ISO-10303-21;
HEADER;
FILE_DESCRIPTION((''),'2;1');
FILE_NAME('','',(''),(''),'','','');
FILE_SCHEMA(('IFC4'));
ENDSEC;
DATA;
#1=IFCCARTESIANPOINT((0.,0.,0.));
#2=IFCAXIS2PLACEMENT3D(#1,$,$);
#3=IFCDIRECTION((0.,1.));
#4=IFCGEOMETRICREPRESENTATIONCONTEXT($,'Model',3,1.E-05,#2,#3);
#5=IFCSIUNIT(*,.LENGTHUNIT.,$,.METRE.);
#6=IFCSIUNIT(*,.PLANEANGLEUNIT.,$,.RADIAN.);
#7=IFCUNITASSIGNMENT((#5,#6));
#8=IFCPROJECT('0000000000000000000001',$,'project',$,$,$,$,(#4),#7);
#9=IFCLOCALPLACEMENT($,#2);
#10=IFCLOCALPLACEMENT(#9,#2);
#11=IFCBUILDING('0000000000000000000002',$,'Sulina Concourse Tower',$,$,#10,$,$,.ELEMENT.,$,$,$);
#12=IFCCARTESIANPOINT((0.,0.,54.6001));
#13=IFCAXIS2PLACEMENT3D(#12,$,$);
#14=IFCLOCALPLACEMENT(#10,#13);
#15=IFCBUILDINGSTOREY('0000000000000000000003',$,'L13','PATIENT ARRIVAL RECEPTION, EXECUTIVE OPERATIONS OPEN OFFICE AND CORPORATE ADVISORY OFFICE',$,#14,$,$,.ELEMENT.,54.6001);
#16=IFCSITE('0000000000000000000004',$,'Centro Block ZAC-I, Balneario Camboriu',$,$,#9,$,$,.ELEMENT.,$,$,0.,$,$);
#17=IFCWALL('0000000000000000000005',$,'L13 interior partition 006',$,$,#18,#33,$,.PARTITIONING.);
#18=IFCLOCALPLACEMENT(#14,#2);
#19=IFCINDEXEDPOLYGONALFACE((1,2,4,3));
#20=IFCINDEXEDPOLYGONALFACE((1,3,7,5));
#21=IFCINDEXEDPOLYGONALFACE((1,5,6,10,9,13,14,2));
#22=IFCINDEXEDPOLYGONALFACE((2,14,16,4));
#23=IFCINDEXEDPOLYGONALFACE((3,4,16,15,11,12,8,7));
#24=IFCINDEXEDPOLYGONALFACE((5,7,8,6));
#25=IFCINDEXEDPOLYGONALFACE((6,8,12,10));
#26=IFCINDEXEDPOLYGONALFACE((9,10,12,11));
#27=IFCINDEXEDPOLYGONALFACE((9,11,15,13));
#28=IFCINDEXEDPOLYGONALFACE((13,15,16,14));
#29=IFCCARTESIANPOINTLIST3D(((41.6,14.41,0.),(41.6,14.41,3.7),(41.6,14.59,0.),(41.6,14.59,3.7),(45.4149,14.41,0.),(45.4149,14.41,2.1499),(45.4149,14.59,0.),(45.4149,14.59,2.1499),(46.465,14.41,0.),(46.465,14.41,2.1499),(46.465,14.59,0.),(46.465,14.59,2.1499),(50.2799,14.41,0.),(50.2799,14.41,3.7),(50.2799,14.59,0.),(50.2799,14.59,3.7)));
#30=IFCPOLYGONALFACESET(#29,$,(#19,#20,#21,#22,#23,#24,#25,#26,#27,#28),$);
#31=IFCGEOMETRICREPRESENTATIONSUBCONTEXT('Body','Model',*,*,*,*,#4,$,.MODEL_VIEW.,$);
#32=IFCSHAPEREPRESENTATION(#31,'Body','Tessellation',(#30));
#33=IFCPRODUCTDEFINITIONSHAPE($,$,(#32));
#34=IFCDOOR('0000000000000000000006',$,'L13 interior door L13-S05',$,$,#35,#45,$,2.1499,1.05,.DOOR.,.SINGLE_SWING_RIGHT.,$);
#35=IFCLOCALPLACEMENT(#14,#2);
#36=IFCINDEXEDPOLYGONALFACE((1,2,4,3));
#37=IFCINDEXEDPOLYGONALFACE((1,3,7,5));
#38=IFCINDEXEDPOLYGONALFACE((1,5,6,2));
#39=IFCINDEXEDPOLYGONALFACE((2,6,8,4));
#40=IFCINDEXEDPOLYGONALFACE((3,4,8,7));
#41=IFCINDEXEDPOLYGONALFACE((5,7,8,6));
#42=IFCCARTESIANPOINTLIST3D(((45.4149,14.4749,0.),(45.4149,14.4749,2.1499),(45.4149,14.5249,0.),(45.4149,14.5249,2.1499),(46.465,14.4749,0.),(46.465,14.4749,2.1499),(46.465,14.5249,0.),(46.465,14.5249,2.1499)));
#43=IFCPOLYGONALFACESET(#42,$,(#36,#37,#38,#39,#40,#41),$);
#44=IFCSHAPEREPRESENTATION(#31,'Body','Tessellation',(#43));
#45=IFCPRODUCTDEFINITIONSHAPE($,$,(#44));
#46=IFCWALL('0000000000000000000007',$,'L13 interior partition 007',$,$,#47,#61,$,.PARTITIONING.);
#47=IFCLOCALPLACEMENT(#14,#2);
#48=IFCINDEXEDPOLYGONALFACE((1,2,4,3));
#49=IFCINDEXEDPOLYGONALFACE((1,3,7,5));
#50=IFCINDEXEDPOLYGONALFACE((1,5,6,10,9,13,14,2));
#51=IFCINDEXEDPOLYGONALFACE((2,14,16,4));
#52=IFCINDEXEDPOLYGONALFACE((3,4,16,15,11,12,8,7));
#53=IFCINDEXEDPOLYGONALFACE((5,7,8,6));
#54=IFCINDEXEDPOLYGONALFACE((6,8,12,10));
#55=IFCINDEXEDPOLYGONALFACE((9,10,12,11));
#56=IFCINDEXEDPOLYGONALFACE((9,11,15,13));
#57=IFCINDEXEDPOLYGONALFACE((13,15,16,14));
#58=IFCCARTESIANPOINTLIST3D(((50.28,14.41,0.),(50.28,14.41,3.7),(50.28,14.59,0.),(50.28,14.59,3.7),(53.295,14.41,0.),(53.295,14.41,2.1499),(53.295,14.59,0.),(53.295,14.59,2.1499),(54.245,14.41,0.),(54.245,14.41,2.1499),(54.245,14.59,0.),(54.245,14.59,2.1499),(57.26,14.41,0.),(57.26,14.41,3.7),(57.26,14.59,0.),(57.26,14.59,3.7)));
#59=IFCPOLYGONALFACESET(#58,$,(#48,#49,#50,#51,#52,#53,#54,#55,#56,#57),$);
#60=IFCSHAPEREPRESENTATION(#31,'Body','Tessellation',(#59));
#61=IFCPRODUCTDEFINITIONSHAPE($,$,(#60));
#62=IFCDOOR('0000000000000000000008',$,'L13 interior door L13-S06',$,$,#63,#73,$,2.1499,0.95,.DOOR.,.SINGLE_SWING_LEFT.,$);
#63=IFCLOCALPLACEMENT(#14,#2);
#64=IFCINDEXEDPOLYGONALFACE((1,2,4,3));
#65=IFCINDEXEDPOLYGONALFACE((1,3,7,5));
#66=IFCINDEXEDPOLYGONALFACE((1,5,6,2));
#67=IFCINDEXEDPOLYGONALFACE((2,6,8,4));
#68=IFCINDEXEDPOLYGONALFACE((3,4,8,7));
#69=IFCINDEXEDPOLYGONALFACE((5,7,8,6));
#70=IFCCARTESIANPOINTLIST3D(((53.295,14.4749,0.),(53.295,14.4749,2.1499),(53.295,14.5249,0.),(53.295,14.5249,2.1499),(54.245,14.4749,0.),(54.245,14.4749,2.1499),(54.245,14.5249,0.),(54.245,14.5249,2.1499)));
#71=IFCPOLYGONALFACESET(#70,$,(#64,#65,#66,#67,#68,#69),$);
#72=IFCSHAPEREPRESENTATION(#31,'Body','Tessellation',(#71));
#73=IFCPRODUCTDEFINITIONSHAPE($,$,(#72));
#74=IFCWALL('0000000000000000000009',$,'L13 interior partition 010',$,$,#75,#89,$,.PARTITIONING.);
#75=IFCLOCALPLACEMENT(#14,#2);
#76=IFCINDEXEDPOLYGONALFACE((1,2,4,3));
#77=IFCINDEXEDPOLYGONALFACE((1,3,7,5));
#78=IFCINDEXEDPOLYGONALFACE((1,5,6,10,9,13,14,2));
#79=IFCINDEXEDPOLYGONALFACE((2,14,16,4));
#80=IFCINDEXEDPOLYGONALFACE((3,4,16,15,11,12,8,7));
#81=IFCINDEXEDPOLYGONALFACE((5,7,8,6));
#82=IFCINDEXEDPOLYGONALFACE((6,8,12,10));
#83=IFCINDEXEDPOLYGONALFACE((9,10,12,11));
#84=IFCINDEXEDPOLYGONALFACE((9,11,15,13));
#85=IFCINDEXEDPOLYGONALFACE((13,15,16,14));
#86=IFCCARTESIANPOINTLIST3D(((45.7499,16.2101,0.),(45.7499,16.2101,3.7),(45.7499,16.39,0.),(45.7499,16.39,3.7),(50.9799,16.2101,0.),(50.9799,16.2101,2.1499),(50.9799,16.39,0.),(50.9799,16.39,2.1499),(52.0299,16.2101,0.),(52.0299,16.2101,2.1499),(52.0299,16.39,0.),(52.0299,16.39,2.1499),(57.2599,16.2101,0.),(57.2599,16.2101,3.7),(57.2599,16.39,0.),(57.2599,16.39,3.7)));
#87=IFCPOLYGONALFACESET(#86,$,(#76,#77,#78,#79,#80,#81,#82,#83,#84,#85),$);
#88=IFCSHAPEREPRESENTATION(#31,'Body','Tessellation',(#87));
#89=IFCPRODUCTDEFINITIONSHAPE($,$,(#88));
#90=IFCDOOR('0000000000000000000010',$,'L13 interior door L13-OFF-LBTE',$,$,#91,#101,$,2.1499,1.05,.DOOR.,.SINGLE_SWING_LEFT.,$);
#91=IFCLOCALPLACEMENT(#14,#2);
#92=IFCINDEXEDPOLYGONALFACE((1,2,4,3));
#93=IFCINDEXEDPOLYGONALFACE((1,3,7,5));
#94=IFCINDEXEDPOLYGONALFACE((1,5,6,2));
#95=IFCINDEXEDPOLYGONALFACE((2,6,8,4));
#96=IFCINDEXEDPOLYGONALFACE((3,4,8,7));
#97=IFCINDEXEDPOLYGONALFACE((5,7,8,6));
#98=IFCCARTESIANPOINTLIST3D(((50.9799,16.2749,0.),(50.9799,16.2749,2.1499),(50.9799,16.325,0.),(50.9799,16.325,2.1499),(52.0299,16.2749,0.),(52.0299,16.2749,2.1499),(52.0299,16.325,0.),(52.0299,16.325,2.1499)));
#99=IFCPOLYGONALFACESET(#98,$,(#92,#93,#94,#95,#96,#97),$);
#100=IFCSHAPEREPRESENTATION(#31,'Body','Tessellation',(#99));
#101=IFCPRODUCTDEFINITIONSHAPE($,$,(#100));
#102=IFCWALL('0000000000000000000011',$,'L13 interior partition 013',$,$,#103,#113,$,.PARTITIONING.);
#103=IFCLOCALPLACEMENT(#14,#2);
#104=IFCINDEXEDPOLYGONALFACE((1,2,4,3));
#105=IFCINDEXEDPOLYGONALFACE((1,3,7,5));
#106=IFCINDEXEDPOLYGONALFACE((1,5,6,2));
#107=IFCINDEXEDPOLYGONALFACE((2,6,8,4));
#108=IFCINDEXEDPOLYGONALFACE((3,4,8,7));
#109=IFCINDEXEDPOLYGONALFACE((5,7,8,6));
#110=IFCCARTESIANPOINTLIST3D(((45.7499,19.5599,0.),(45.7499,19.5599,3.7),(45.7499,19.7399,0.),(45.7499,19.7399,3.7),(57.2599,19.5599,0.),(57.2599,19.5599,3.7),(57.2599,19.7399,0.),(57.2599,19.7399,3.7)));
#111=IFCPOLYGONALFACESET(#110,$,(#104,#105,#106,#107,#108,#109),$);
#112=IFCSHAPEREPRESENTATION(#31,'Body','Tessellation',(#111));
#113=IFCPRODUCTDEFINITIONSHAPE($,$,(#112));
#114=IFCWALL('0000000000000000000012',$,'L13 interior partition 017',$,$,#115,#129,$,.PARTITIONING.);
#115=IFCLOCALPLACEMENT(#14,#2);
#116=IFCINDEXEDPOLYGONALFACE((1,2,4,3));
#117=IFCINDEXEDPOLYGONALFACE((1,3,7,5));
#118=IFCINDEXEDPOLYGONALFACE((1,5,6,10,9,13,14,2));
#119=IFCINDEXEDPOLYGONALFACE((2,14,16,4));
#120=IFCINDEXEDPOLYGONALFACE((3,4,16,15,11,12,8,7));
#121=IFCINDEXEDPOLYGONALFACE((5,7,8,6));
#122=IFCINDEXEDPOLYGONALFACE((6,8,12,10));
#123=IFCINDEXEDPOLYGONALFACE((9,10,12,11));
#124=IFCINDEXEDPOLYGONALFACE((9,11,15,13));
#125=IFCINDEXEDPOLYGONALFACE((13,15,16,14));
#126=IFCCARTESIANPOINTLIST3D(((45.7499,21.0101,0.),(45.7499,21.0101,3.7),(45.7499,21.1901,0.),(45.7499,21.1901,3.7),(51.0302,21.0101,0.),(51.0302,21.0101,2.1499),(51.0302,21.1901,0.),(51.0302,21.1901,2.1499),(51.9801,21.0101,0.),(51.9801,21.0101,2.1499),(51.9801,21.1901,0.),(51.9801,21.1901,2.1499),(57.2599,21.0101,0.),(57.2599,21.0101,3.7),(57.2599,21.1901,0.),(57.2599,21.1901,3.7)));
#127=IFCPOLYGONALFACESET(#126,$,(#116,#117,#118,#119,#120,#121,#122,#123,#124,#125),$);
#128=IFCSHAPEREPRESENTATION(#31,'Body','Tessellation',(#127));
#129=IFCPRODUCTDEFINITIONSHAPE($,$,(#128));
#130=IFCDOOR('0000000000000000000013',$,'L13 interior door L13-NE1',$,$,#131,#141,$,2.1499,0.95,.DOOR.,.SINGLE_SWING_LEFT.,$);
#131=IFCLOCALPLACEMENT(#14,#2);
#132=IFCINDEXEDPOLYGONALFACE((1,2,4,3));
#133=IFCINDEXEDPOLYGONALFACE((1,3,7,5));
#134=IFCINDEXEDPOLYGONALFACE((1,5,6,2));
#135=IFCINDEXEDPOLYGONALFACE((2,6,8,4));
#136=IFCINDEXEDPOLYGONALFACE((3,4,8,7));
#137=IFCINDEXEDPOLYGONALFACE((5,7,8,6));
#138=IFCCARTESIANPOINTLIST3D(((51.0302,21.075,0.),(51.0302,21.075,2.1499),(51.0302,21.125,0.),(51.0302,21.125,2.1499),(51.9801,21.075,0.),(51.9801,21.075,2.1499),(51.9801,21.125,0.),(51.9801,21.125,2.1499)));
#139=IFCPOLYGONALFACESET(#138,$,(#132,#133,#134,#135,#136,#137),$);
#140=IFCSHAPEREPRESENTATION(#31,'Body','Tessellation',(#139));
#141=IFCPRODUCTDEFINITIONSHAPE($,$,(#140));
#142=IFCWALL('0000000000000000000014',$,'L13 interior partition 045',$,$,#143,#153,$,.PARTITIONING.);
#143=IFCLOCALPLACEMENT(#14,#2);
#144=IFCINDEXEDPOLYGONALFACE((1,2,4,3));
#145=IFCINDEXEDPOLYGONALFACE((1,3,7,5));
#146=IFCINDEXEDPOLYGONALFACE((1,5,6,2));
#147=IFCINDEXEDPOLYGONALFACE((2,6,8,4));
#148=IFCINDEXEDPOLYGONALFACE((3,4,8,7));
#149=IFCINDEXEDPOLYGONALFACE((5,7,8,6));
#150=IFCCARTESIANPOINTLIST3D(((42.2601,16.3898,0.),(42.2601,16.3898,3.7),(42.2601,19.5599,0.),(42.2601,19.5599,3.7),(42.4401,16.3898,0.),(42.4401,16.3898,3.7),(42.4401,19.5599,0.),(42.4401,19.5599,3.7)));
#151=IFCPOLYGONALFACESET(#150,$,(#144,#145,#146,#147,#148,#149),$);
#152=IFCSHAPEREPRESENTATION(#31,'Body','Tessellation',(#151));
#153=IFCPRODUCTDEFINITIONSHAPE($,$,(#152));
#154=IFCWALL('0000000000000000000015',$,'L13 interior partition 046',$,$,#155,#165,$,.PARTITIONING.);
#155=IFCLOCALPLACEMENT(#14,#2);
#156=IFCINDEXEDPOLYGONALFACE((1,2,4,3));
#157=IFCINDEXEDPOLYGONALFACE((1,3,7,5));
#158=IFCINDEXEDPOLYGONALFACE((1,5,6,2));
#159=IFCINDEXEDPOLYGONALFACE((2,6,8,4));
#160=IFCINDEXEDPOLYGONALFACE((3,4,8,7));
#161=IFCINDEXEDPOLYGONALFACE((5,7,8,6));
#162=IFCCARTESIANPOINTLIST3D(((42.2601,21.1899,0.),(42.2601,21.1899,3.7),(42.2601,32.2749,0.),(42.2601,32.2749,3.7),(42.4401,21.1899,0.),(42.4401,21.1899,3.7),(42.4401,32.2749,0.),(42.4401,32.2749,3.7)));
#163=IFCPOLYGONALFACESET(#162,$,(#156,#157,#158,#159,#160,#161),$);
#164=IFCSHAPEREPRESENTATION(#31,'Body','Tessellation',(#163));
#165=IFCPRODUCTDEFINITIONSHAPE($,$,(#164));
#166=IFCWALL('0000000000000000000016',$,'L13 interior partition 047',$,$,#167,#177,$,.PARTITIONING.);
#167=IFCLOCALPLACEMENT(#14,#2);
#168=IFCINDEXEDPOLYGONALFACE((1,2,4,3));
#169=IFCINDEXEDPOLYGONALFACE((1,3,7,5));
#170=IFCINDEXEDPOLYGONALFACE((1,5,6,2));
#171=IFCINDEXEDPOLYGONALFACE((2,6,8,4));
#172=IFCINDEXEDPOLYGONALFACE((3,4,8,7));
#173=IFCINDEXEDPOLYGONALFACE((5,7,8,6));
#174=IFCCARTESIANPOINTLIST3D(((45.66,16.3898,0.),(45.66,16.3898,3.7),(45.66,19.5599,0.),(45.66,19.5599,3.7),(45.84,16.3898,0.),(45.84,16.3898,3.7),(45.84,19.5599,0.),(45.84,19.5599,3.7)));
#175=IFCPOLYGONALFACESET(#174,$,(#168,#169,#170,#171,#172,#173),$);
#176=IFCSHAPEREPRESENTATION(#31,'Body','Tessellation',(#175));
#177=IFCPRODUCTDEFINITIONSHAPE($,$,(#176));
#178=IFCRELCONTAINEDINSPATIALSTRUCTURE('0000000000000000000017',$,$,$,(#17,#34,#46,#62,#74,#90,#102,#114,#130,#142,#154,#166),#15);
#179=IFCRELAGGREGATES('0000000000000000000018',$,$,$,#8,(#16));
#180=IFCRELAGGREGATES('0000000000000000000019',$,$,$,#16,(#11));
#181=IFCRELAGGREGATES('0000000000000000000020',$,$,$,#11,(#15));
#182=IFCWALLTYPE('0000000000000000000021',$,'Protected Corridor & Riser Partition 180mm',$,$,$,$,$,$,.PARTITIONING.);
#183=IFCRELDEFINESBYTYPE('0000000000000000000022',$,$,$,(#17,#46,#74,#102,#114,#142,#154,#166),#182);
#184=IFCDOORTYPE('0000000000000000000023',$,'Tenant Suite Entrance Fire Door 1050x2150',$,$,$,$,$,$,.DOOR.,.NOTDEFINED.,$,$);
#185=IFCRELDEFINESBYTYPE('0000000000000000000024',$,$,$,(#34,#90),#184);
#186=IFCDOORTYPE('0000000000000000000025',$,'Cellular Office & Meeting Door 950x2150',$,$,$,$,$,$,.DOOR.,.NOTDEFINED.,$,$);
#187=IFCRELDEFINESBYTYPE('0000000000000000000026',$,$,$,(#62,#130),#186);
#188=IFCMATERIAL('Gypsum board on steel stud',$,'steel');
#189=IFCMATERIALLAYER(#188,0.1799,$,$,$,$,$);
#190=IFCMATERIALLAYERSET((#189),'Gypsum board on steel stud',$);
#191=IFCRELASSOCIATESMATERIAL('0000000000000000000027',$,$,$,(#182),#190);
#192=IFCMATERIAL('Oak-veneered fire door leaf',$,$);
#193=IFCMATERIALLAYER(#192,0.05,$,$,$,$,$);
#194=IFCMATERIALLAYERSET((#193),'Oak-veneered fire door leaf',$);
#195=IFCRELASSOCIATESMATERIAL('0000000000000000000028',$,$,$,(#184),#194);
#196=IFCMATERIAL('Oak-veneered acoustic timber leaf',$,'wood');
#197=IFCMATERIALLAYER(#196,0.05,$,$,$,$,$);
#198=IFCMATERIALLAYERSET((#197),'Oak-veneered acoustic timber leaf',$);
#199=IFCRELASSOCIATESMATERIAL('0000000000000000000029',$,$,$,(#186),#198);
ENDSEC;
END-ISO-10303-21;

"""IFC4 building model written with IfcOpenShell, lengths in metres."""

from ifc_helpers import new_model, si_unit, direction, frame, frame_2d, origin, place, context, subcontext, project, spatial, rectangle, extrude, material, layer, layer_set, type_object, element, fill, save


model = new_model("IFC4")

# Units and contexts
model_context = context("Model", 3, precision=1e-05, world=origin(), true_north=direction((0.0, 1.0)))
body_context = subcontext(model_context, "Body", "Model", "MODEL_VIEW")
ifc_project = project(units=[si_unit("LENGTHUNIT", "METRE"), si_unit("PLANEANGLEUNIT", "RADIAN")], contexts=[model_context])

# Site, building, storey
site_placement = place(None, origin())
site = spatial("IfcSite", under=ifc_project, at=site_placement, Name="Centro Block ZAC-I, Balneario Camboriu", CompositionType="ELEMENT", RefElevation=0.0)
building_placement = place(site_placement, origin())
building = spatial("IfcBuilding", under=site, at=building_placement, Name="Sulina Concourse Tower", CompositionType="ELEMENT")
storey_placement = place(building_placement, frame((0.0, 0.0, 54.6001)))
storey = spatial("IfcBuildingStorey", under=building, at=storey_placement, Name="L13", Description="PATIENT ARRIVAL RECEPTION, EXECUTIVE OPERATIONS OPEN OFFICE AND CORPORATE ADVISORY OFFICE", CompositionType="ELEMENT", Elevation=54.6001)

# Walls, openings, doors
ifc_material_1 = material(Name="Gypsum board on steel stud", Category="steel")
ifc_layer_1 = layer(ifc_material_1, 0.1799)
ifc_layer_set_1 = layer_set([ifc_layer_1], Name="Gypsum board on steel stud")
wall_type_1 = type_object("IfcWallType", Name="Protected Corridor & Riser Partition 180mm", PredefinedType="PARTITIONING", material=ifc_layer_set_1)
wall_1_placement = place(storey_placement, frame((41.6001, 14.5, 0.0), z_axis=(0.0, 0.0, 1.0), x_axis=(1.0, 0.0, 0.0)))
wall_1 = element("IfcWall", 1, at=wall_1_placement, inside=storey, type_object=wall_type_1, Name="L13 interior partition 006", PredefinedType="PARTITIONING", context=body_context, shape_type="SweptSolid", body=[
    extrude(rectangle(XDim=8.6799, YDim=0.1799, at=frame_2d((4.3398, 0.0))), origin(), (0.0, 0.0, 1.0), 3.7),
])
opening_1_placement = place(wall_1_placement, frame((3.8149, 0.0, 0.0)))
opening_1 = element("IfcOpeningElement", 2, at=opening_1_placement, cuts=wall_1, PredefinedType="OPENING", context=body_context, shape_type="SweptSolid", body=[
    extrude(rectangle(XDim=1.05, YDim=2.1499, at=frame_2d((0.5249, 1.075))), frame((0.0, 0.0999, 0.0), z_axis=(0.0, -1.0, 0.0), x_axis=(1.0, 0.0, 0.0)), (0.0, 0.0, 1.0), 0.2),
])
ifc_material_2 = material(Name="Oak-veneered fire door leaf")
ifc_layer_2 = layer(ifc_material_2, 0.05)
ifc_layer_set_2 = layer_set([ifc_layer_2], Name="Oak-veneered fire door leaf")
door_type_1 = type_object("IfcDoorType", Name="Tenant Suite Entrance Fire Door 1050x2150", OperationType="NOTDEFINED", PredefinedType="DOOR", material=ifc_layer_set_2)
door_1_placement = place(opening_1_placement, origin())
door_1 = element("IfcDoor", 3, at=door_1_placement, inside=storey, type_object=door_type_1, Name="L13 interior door L13-S05", OperationType="SINGLE_SWING_RIGHT", OverallHeight=2.1499, OverallWidth=1.05, PredefinedType="DOOR", context=body_context, shape_type="SweptSolid", body=[
    extrude(rectangle(XDim=1.05, YDim=2.1499, at=frame_2d((0.5249, 1.075))), frame((0.0, 0.0249, 0.0), z_axis=(0.0, -1.0, 0.0), x_axis=(1.0, 0.0, 0.0)), (0.0, 0.0, 1.0), 0.05),
])
fill(opening_1, door_1)
wall_2_placement = place(storey_placement, frame((50.28, 14.5, 0.0), z_axis=(0.0, 0.0, 1.0), x_axis=(1.0, 0.0, 0.0)))
wall_2 = element("IfcWall", 4, at=wall_2_placement, inside=storey, type_object=wall_type_1, Name="L13 interior partition 007", PredefinedType="PARTITIONING", context=body_context, shape_type="SweptSolid", body=[
    extrude(rectangle(XDim=6.98, YDim=0.1799, at=frame_2d((3.49, 0.0))), origin(), (0.0, 0.0, 1.0), 3.7),
])
opening_2_placement = place(wall_2_placement, frame((3.0149, 0.0, 0.0)))
opening_2 = element("IfcOpeningElement", 5, at=opening_2_placement, cuts=wall_2, PredefinedType="OPENING", context=body_context, shape_type="SweptSolid", body=[
    extrude(rectangle(XDim=0.95, YDim=2.1499, at=frame_2d((0.4751, 1.075))), frame((0.0, 0.0999, 0.0), z_axis=(0.0, -1.0, 0.0), x_axis=(1.0, 0.0, 0.0)), (0.0, 0.0, 1.0), 0.2),
])
ifc_material_3 = material(Name="Oak-veneered acoustic timber leaf", Category="wood")
ifc_layer_3 = layer(ifc_material_3, 0.05)
ifc_layer_set_3 = layer_set([ifc_layer_3], Name="Oak-veneered acoustic timber leaf")
door_type_2 = type_object("IfcDoorType", Name="Cellular Office & Meeting Door 950x2150", OperationType="NOTDEFINED", PredefinedType="DOOR", material=ifc_layer_set_3)
door_2_placement = place(opening_2_placement, origin())
door_2 = element("IfcDoor", 6, at=door_2_placement, inside=storey, type_object=door_type_2, Name="L13 interior door L13-S06", OperationType="SINGLE_SWING_LEFT", OverallHeight=2.1499, OverallWidth=0.95, PredefinedType="DOOR", context=body_context, shape_type="SweptSolid", body=[
    extrude(rectangle(XDim=0.95, YDim=2.1499, at=frame_2d((0.4751, 1.075))), frame((0.0, 0.0249, 0.0), z_axis=(0.0, -1.0, 0.0), x_axis=(1.0, 0.0, 0.0)), (0.0, 0.0, 1.0), 0.05),
])
fill(opening_2, door_2)
wall_3_placement = place(storey_placement, frame((45.75, 16.3, 0.0), z_axis=(0.0, 0.0, 1.0), x_axis=(1.0, 0.0, 0.0)))
wall_3 = element("IfcWall", 7, at=wall_3_placement, inside=storey, type_object=wall_type_1, Name="L13 interior partition 010", PredefinedType="PARTITIONING", context=body_context, shape_type="SweptSolid", body=[
    extrude(rectangle(XDim=11.51, YDim=0.1799, at=frame_2d((5.7549, 0.0))), origin(), (0.0, 0.0, 1.0), 3.7),
])
opening_3_placement = place(wall_3_placement, frame((5.23, 0.0, 0.0)))
opening_3 = element("IfcOpeningElement", 8, at=opening_3_placement, cuts=wall_3, PredefinedType="OPENING", context=body_context, shape_type="SweptSolid", body=[
    extrude(rectangle(XDim=1.05, YDim=2.1499, at=frame_2d((0.5249, 1.075))), frame((0.0, 0.0999, 0.0), z_axis=(0.0, -1.0, 0.0), x_axis=(1.0, 0.0, 0.0)), (0.0, 0.0, 1.0), 0.2),
])
door_3_placement = place(opening_3_placement, origin())
door_3 = element("IfcDoor", 9, at=door_3_placement, inside=storey, type_object=door_type_1, Name="L13 interior door L13-OFF-LBTE", OperationType="SINGLE_SWING_LEFT", OverallHeight=2.1499, OverallWidth=1.05, PredefinedType="DOOR", context=body_context, shape_type="SweptSolid", body=[
    extrude(rectangle(XDim=1.05, YDim=2.1499, at=frame_2d((0.5249, 1.075))), frame((0.0, 0.0249, 0.0), z_axis=(0.0, -1.0, 0.0), x_axis=(1.0, 0.0, 0.0)), (0.0, 0.0, 1.0), 0.05),
])
fill(opening_3, door_3)

# Wall
wall_4_placement = place(storey_placement, frame((45.75, 19.6499, 0.0), z_axis=(0.0, 0.0, 1.0), x_axis=(1.0, 0.0, 0.0)))
element("IfcWall", 10, at=wall_4_placement, inside=storey, type_object=wall_type_1, Name="L13 interior partition 013", PredefinedType="PARTITIONING", context=body_context, shape_type="SweptSolid", body=[
    extrude(rectangle(XDim=11.51, YDim=0.1799, at=frame_2d((5.7549, 0.0))), origin(), (0.0, 0.0, 1.0), 3.7),
])

# Wall, opening, door
wall_5_placement = place(storey_placement, frame((45.75, 21.1001, 0.0), z_axis=(0.0, 0.0, 1.0), x_axis=(1.0, 0.0, 0.0)))
wall_5 = element("IfcWall", 11, at=wall_5_placement, inside=storey, type_object=wall_type_1, Name="L13 interior partition 017", PredefinedType="PARTITIONING", context=body_context, shape_type="SweptSolid", body=[
    extrude(rectangle(XDim=11.51, YDim=0.1799, at=frame_2d((5.7549, 0.0))), origin(), (0.0, 0.0, 1.0), 3.7),
])
opening_4_placement = place(wall_5_placement, frame((5.28, 0.0, 0.0)))
opening_4 = element("IfcOpeningElement", 12, at=opening_4_placement, cuts=wall_5, PredefinedType="OPENING", context=body_context, shape_type="SweptSolid", body=[
    extrude(rectangle(XDim=0.95, YDim=2.1499, at=frame_2d((0.4751, 1.075))), frame((0.0, 0.0999, 0.0), z_axis=(0.0, -1.0, 0.0), x_axis=(1.0, 0.0, 0.0)), (0.0, 0.0, 1.0), 0.2),
])
door_4_placement = place(opening_4_placement, origin())
door_4 = element("IfcDoor", 13, at=door_4_placement, inside=storey, type_object=door_type_2, Name="L13 interior door L13-NE1", OperationType="SINGLE_SWING_LEFT", OverallHeight=2.1499, OverallWidth=0.95, PredefinedType="DOOR", context=body_context, shape_type="SweptSolid", body=[
    extrude(rectangle(XDim=0.95, YDim=2.1499, at=frame_2d((0.4751, 1.075))), frame((0.0, 0.0249, 0.0), z_axis=(0.0, -1.0, 0.0), x_axis=(1.0, 0.0, 0.0)), (0.0, 0.0, 1.0), 0.05),
])
fill(opening_4, door_4)

# Walls
wall_6_placement = place(storey_placement, frame((42.3501, 16.3899, 0.0), z_axis=(0.0, 0.0, 1.0), x_axis=(0.0, 1.0, 0.0)))
element("IfcWall", 14, at=wall_6_placement, inside=storey, type_object=wall_type_1, Name="L13 interior partition 045", PredefinedType="PARTITIONING", context=body_context, shape_type="SweptSolid", body=[
    extrude(rectangle(XDim=3.1702, YDim=0.1799, at=frame_2d((1.585, 0.0))), origin(), (0.0, 0.0, 1.0), 3.7),
])
wall_7_placement = place(storey_placement, frame((42.3501, 21.1899, 0.0), z_axis=(0.0, 0.0, 1.0), x_axis=(0.0, 1.0, 0.0)))
element("IfcWall", 15, at=wall_7_placement, inside=storey, type_object=wall_type_1, Name="L13 interior partition 046", PredefinedType="PARTITIONING", context=body_context, shape_type="SweptSolid", body=[
    extrude(rectangle(XDim=11.085, YDim=0.1799, at=frame_2d((5.5425, 0.0))), origin(), (0.0, 0.0, 1.0), 3.7),
])
wall_8_placement = place(storey_placement, frame((45.75, 16.3899, 0.0), z_axis=(0.0, 0.0, 1.0), x_axis=(0.0, 1.0, 0.0)))
element("IfcWall", 16, at=wall_8_placement, inside=storey, type_object=wall_type_1, Name="L13 interior partition 047", PredefinedType="PARTITIONING", context=body_context, shape_type="SweptSolid", body=[
    extrude(rectangle(XDim=3.1702, YDim=0.1799, at=frame_2d((1.585, 0.0))), origin(), (0.0, 0.0, 1.0), 3.7),
])

save(model, "model.ifc")
